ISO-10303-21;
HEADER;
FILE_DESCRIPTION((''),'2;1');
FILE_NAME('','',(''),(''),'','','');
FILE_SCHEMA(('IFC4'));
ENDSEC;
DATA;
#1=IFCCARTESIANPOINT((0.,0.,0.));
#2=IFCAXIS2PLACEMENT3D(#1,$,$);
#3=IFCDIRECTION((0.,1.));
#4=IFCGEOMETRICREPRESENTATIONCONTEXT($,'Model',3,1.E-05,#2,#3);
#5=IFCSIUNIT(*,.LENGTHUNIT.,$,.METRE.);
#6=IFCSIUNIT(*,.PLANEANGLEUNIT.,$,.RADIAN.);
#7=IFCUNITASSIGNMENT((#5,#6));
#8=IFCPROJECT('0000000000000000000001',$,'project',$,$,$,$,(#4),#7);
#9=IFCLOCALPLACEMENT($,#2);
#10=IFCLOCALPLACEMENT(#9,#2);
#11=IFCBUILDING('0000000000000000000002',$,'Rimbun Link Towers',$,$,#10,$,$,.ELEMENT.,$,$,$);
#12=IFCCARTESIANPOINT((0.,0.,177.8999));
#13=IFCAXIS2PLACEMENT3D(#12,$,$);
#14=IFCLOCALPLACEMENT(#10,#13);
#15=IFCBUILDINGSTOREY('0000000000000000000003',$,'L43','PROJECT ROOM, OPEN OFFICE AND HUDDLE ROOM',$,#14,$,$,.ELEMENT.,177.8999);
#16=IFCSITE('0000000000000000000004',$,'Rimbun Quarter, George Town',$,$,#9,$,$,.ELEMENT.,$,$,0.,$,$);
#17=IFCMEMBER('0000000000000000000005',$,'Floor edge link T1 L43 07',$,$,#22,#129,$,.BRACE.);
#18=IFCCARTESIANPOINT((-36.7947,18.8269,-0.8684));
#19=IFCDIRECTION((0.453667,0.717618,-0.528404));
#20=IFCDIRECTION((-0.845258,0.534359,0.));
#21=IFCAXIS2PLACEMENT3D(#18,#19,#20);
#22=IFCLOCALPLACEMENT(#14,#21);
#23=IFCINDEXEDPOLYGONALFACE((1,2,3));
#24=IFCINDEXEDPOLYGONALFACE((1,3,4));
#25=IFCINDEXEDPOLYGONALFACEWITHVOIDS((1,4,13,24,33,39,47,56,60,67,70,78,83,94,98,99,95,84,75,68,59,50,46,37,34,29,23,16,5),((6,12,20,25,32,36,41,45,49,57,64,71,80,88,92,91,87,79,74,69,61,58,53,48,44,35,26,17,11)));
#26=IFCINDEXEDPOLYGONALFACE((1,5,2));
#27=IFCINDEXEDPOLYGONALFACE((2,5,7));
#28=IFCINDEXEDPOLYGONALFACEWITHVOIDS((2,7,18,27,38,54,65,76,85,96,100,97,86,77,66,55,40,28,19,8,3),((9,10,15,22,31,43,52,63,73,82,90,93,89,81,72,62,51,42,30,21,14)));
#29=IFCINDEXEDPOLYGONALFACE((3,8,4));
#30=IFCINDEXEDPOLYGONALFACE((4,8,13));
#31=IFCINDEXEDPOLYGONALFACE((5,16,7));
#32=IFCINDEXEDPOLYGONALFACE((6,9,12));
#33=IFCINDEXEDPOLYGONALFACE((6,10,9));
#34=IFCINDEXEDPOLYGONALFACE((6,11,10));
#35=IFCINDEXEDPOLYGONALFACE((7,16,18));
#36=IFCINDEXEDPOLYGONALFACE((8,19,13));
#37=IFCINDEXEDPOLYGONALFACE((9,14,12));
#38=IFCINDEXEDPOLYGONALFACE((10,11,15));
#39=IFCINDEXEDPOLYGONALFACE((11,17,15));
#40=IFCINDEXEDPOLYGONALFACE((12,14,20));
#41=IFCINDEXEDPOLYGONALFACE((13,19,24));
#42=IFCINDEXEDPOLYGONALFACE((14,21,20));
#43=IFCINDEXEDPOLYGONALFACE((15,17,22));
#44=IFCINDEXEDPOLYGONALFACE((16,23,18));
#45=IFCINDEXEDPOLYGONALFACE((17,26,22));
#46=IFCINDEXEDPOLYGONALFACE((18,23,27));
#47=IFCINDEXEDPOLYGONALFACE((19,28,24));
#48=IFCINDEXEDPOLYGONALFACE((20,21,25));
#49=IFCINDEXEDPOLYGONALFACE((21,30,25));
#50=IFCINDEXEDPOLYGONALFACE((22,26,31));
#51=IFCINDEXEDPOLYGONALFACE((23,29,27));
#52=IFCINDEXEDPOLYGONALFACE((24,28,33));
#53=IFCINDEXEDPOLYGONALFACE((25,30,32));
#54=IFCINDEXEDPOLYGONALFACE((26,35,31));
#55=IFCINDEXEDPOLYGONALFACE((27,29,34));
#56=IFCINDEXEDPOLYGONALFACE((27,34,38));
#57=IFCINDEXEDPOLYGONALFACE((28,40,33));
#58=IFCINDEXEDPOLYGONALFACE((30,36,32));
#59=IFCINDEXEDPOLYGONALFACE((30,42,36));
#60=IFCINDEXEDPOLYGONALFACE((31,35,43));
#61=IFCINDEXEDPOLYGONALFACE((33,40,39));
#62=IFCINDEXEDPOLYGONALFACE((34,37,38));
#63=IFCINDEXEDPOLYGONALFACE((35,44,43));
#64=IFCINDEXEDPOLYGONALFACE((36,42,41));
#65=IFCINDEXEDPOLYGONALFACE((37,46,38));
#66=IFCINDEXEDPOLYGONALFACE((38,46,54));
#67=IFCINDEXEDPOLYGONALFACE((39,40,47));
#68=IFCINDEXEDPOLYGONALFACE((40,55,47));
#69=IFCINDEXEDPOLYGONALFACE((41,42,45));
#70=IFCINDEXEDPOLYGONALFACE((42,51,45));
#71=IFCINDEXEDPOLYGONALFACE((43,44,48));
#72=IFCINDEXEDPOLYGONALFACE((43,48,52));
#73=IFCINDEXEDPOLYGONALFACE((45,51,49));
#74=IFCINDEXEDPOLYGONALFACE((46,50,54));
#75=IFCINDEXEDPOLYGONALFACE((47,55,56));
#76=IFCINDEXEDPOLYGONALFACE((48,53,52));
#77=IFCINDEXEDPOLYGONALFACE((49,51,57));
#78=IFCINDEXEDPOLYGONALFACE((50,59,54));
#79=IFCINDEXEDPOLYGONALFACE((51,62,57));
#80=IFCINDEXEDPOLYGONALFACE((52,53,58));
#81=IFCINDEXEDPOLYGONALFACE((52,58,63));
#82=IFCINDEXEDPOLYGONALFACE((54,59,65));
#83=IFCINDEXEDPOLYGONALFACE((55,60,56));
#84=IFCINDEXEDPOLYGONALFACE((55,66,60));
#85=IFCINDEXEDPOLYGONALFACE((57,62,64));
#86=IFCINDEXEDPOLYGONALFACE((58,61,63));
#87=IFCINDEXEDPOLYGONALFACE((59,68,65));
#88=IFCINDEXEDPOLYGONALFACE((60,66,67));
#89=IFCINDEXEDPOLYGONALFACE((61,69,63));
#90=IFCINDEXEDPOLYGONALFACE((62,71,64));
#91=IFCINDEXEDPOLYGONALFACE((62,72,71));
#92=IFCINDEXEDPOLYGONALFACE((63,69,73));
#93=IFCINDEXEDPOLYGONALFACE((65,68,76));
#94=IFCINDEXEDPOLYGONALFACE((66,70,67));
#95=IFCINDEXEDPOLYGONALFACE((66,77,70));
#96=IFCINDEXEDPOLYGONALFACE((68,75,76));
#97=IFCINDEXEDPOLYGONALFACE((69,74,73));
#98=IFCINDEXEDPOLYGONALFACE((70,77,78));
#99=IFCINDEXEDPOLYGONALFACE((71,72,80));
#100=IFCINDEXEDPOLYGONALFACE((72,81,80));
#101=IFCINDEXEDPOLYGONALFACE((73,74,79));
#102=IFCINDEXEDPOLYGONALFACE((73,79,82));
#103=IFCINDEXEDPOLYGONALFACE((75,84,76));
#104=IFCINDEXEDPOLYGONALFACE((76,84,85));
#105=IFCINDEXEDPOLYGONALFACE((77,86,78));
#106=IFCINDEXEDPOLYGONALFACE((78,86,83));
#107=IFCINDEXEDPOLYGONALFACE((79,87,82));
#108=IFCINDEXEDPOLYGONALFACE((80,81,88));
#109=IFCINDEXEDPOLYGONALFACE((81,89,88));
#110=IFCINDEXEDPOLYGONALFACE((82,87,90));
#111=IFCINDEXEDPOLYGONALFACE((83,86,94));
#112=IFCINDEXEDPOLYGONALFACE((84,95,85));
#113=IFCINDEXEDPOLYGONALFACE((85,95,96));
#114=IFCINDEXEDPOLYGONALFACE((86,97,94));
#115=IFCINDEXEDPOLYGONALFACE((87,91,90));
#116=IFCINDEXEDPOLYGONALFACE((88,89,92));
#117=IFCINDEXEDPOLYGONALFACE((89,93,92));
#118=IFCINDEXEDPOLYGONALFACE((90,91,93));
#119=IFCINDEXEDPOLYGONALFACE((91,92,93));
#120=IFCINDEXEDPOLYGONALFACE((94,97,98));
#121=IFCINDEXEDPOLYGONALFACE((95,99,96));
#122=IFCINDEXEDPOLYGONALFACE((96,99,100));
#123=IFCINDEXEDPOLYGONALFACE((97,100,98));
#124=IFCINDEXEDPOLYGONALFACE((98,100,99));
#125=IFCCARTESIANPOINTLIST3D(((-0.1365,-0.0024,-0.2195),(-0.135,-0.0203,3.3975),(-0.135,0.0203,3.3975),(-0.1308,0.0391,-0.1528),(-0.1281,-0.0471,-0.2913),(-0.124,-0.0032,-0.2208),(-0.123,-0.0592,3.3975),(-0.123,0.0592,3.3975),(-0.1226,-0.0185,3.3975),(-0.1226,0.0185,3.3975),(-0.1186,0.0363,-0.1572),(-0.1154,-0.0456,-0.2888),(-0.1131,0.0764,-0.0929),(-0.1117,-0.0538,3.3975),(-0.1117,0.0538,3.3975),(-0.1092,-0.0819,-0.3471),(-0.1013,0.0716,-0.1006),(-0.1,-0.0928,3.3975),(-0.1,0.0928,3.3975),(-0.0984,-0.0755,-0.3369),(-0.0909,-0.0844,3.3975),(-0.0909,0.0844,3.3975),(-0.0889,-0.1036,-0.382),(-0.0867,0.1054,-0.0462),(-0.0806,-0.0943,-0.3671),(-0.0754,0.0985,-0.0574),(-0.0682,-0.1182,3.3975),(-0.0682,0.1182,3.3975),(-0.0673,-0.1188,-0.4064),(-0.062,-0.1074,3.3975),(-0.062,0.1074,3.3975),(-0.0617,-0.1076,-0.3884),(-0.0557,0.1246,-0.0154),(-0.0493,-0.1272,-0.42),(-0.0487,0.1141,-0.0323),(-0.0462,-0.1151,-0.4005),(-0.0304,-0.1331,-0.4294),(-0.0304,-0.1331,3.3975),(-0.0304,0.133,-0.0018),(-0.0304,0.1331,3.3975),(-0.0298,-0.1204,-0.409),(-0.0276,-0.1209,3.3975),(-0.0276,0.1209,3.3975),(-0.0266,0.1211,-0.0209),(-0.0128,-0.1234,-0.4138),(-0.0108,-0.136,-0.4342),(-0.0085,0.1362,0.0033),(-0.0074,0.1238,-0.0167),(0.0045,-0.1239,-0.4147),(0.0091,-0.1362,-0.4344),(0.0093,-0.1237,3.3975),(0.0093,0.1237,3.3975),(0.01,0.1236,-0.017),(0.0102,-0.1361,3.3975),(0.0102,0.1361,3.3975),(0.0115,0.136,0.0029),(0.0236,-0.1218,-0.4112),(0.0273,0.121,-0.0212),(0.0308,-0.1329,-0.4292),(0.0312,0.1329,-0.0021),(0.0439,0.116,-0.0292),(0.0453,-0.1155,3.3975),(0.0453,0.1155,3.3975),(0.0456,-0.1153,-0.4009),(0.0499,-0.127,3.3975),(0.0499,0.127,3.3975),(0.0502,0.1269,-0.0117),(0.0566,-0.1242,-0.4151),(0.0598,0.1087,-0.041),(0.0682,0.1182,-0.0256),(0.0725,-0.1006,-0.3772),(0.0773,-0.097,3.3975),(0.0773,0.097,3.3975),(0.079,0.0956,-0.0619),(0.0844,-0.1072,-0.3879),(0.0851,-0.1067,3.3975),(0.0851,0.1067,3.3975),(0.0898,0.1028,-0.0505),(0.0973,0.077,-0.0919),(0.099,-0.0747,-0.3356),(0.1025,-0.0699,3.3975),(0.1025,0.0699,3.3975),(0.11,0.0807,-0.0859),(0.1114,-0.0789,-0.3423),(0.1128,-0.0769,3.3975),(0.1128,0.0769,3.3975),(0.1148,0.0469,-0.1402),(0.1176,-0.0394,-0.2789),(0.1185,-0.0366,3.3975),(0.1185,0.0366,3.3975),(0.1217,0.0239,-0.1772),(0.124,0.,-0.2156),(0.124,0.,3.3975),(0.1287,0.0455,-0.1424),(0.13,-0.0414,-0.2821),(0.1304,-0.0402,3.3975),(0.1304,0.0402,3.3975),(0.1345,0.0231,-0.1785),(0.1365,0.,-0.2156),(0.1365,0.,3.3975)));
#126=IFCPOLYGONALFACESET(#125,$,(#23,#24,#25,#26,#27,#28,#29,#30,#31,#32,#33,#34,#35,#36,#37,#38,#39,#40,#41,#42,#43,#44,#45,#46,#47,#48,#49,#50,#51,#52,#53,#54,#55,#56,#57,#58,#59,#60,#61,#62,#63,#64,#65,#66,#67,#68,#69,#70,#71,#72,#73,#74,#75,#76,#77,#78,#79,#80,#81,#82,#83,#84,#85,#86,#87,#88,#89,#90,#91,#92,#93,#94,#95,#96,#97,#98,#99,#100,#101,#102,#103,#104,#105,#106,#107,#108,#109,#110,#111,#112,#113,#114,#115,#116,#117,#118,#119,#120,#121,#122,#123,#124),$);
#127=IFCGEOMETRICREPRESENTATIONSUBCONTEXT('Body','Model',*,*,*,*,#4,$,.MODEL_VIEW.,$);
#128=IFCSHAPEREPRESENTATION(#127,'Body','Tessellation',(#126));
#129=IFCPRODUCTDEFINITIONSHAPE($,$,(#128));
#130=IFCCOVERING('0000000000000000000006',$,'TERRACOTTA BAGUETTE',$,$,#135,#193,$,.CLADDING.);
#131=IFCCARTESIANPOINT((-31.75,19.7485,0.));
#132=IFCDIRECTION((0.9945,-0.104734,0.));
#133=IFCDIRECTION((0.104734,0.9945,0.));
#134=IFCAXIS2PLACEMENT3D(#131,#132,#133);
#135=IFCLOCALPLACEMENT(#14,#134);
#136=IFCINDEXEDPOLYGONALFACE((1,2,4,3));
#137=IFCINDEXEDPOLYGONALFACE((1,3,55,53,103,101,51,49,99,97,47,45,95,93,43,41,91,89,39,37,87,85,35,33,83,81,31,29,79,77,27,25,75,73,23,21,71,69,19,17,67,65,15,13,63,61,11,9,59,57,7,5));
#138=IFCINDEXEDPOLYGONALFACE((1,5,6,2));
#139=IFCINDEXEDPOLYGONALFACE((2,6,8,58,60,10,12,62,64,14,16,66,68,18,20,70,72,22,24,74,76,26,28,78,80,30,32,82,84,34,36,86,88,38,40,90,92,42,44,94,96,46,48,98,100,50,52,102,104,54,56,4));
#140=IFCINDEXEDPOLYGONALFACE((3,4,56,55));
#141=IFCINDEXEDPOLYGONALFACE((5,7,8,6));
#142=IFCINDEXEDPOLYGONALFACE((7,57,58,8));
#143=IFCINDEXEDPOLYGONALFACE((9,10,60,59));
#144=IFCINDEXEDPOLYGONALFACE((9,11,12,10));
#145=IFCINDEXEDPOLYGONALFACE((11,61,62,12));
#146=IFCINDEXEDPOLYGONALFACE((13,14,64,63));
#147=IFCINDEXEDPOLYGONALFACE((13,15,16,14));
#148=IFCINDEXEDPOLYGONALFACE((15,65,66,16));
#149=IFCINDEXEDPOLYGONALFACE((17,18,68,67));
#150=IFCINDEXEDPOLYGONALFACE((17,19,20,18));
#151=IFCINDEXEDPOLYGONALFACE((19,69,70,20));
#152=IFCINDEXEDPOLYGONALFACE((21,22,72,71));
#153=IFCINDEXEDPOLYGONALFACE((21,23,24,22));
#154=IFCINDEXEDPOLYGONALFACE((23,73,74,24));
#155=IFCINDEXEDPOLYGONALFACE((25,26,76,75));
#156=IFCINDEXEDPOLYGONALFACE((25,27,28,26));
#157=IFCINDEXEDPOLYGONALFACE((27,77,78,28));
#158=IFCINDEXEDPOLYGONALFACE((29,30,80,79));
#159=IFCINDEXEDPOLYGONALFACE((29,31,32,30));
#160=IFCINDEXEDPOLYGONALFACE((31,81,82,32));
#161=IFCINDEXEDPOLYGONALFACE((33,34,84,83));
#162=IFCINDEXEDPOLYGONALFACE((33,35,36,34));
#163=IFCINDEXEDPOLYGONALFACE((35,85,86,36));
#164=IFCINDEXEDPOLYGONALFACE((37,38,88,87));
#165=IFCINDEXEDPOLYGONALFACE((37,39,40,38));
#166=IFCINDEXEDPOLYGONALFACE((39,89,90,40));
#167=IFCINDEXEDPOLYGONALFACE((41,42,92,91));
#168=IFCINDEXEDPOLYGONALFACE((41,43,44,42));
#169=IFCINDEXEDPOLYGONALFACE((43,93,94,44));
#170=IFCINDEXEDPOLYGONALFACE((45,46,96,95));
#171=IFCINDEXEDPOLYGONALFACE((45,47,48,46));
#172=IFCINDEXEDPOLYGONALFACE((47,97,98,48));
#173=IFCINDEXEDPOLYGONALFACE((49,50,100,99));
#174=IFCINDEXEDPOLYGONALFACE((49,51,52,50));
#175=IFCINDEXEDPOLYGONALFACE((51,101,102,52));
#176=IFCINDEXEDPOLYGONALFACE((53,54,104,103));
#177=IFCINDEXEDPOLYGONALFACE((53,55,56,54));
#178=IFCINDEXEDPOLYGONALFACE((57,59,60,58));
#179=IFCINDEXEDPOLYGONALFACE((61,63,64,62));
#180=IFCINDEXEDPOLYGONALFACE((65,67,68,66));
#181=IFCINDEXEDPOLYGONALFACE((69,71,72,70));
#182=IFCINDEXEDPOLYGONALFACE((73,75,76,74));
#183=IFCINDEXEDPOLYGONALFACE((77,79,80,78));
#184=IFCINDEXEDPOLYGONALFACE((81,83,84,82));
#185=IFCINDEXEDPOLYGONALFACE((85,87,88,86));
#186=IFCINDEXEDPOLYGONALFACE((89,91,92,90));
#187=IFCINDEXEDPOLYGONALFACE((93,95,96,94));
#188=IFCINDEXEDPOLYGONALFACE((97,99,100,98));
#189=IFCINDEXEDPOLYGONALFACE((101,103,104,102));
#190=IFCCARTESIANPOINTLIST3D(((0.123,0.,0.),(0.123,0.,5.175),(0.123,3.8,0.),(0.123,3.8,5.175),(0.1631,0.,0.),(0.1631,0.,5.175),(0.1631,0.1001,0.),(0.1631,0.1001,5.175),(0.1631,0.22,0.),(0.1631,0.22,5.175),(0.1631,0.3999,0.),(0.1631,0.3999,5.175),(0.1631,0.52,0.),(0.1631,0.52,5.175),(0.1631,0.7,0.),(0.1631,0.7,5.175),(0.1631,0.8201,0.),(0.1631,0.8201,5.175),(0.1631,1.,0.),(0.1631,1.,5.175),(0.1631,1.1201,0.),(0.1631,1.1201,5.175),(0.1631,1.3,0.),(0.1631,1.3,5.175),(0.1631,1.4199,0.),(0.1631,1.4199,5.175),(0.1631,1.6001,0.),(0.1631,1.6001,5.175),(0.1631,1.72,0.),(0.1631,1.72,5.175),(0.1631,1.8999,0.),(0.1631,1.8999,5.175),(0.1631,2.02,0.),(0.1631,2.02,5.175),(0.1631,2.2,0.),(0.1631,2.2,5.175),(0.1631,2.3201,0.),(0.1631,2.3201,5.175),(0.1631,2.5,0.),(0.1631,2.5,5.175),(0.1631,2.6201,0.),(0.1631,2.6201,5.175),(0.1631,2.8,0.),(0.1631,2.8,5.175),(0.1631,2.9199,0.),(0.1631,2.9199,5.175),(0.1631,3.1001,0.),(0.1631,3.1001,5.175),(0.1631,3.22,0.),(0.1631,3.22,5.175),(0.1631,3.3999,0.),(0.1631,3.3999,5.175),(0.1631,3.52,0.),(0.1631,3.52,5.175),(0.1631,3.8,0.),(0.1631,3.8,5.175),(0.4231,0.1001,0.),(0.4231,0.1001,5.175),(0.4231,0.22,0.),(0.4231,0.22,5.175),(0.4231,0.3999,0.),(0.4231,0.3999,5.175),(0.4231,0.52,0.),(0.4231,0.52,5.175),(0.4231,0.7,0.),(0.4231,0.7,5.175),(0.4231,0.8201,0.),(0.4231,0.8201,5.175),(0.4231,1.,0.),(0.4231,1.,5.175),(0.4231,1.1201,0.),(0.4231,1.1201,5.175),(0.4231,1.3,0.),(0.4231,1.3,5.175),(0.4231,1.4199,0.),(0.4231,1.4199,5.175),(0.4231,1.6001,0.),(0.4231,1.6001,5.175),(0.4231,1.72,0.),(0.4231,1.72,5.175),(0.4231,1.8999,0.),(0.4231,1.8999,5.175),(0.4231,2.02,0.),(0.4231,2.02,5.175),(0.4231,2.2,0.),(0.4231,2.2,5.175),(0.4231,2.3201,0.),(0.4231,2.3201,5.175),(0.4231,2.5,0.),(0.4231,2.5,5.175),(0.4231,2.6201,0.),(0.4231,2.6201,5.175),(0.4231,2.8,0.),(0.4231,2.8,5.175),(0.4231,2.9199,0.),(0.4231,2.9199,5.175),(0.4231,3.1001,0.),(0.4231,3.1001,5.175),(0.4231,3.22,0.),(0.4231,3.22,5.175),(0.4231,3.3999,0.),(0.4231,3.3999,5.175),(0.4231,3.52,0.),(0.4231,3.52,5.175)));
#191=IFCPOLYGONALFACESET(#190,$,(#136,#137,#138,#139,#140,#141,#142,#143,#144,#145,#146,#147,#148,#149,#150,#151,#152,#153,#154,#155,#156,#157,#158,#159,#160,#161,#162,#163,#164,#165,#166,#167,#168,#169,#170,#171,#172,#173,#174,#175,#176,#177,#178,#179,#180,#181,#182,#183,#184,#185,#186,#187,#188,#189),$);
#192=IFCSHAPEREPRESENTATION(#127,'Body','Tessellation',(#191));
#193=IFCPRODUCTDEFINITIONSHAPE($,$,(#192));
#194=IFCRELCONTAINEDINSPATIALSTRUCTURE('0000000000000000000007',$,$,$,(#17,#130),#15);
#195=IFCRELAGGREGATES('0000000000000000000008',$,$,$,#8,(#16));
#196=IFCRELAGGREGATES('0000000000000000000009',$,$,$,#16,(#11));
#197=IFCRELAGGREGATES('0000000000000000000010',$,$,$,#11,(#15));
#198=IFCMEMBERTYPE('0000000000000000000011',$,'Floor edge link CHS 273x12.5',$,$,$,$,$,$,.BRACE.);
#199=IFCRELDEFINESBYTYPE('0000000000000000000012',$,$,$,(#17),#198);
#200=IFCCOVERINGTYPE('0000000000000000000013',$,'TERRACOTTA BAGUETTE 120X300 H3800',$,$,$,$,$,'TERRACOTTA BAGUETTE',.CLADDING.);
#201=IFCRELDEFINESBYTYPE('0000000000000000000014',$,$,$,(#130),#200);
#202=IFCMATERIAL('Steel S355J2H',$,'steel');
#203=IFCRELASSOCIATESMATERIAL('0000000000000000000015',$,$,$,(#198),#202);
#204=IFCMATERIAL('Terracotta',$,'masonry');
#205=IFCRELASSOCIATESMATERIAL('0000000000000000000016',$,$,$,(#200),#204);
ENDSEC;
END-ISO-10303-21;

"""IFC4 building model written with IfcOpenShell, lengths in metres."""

from ifc_helpers import new_model, si_unit, direction, frame, origin, origin_2d, place, context, subcontext, project, spatial, polyline, hollow_circle, outline, extrude, clip, halfspace, material, material_profile, profile_set, type_object, element, save


model = new_model("IFC4")

# Units and contexts
model_context = context("Model", 3, precision=1e-05, world=origin(), true_north=direction((0.0, 1.0)))
body_context = subcontext(model_context, "Body", "Model", "MODEL_VIEW")
ifc_project = project(units=[si_unit("LENGTHUNIT", "METRE"), si_unit("PLANEANGLEUNIT", "RADIAN")], contexts=[model_context])

# Site, building, storey
site_placement = place(None, origin())
site = spatial("IfcSite", under=ifc_project, at=site_placement, Name="Rimbun Quarter, George Town", CompositionType="ELEMENT", RefElevation=0.0)
building_placement = place(site_placement, origin())
building = spatial("IfcBuilding", under=site, at=building_placement, Name="Rimbun Link Towers", CompositionType="ELEMENT")
storey_placement = place(building_placement, frame((0.0, 0.0, 177.8999)))
storey = spatial("IfcBuildingStorey", under=building, at=storey_placement, Name="L43", Description="PROJECT ROOM, OPEN OFFICE AND HUDDLE ROOM", CompositionType="ELEMENT", Elevation=177.8999)

# Member
ifc_material_1 = material(Name="Steel S355J2H", Category="steel")
ifc_material_profile_1 = material_profile(ifc_material_1, hollow_circle(Radius=0.1365, WallThickness=0.0125, at=origin_2d()), Name="CHS 273x12.5")
ifc_profile_set_1 = profile_set([ifc_material_profile_1], Name="Steel S355J2H")
member_type_1 = type_object("IfcMemberType", Name="Floor edge link CHS 273x12.5", PredefinedType="BRACE", material=ifc_profile_set_1)
member_1_placement = place(storey_placement, frame((-36.7947, 18.8269, -0.8684), z_axis=(0.453667, 0.717618, -0.528404), x_axis=(-0.845258, 0.534359, 0.0)))
element("IfcMember", 1, at=member_1_placement, inside=storey, type_object=member_type_1, Name="Floor edge link T1 L43 07", PredefinedType="BRACE", context=body_context, shape_type="Clipping", body=[
    clip(extrude(hollow_circle(Radius=0.1365, WallThickness=0.0125, at=origin_2d()), frame((0.0, 0.0, -0.4575)), (0.0, 0.0, 1.0), 3.855), halfspace(frame((0.0, 0.0, -0.2156), z_axis=(0.0, 0.848993, -0.528404)), False)),
])

# Covering
ifc_material_2 = material(Name="Terracotta", Category="masonry")
ifc_material_profile_2 = material_profile(ifc_material_2, outline(polyline([(0.123, 0.0), (0.1631, 0.0), (0.1631, 0.1001), (0.4231, 0.1001), (0.4231, 0.22), (0.1631, 0.22), (0.1631, 0.3999), (0.4231, 0.3999), (0.4231, 0.52), (0.1631, 0.52), (0.1631, 0.7), (0.4231, 0.7), (0.4231, 0.8201), (0.1631, 0.8201), (0.1631, 1.0), (0.4231, 1.0), (0.4231, 1.1201), (0.1631, 1.1201), (0.1631, 1.3), (0.4231, 1.3), (0.4231, 1.4199), (0.1631, 1.4199), (0.1631, 1.6001), (0.4231, 1.6001), (0.4231, 1.72), (0.1631, 1.72), (0.1631, 1.8999), (0.4231, 1.8999), (0.4231, 2.02), (0.1631, 2.02), (0.1631, 2.2), (0.4231, 2.2), (0.4231, 2.3201), (0.1631, 2.3201), (0.1631, 2.5), (0.4231, 2.5), (0.4231, 2.6201), (0.1631, 2.6201), (0.1631, 2.8), (0.4231, 2.8), (0.4231, 2.9199), (0.1631, 2.9199), (0.1631, 3.1001), (0.4231, 3.1001), (0.4231, 3.22), (0.1631, 3.22), (0.1631, 3.3999), (0.4231, 3.3999), (0.4231, 3.52), (0.1631, 3.52), (0.1631, 3.8), (0.123, 3.8), (0.123, 0.0)])), Name="BAGUETTE 120X300")
ifc_profile_set_2 = profile_set([ifc_material_profile_2], Name="Terracotta")
covering_type = type_object("IfcCoveringType", Name="TERRACOTTA BAGUETTE 120X300 H3800", ElementType="TERRACOTTA BAGUETTE", PredefinedType="CLADDING", material=ifc_profile_set_2)
for number, where, z_axis, x_axis, name in (
    (2, (-31.75, 19.7485, 0.0), (0.9945, -0.104734, 0.0), (0.104734, 0.9945, 0.0), "TERRACOTTA BAGUETTE"),
):
    element("IfcCovering", number, at=place(storey_placement, frame(where, z_axis=z_axis, x_axis=x_axis)), inside=storey, type_object=covering_type, Name=name, PredefinedType="CLADDING", context=body_context, shape_type="SweptSolid", body=[
        extrude(outline(polyline([(0.123, 0.0), (0.1631, 0.0), (0.1631, 0.1001), (0.4231, 0.1001), (0.4231, 0.22), (0.1631, 0.22), (0.1631, 0.3999), (0.4231, 0.3999), (0.4231, 0.52), (0.1631, 0.52), (0.1631, 0.7), (0.4231, 0.7), (0.4231, 0.8201), (0.1631, 0.8201), (0.1631, 1.0), (0.4231, 1.0), (0.4231, 1.1201), (0.1631, 1.1201), (0.1631, 1.3), (0.4231, 1.3), (0.4231, 1.4199), (0.1631, 1.4199), (0.1631, 1.6001), (0.4231, 1.6001), (0.4231, 1.72), (0.1631, 1.72), (0.1631, 1.8999), (0.4231, 1.8999), (0.4231, 2.02), (0.1631, 2.02), (0.1631, 2.2), (0.4231, 2.2), (0.4231, 2.3201), (0.1631, 2.3201), (0.1631, 2.5), (0.4231, 2.5), (0.4231, 2.6201), (0.1631, 2.6201), (0.1631, 2.8), (0.4231, 2.8), (0.4231, 2.9199), (0.1631, 2.9199), (0.1631, 3.1001), (0.4231, 3.1001), (0.4231, 3.22), (0.1631, 3.22), (0.1631, 3.3999), (0.4231, 3.3999), (0.4231, 3.52), (0.1631, 3.52), (0.1631, 3.8), (0.123, 3.8), (0.123, 0.0)])), origin(), (0.0, 0.0, 1.0), 5.175),
    ])

save(model, "model.ifc")
